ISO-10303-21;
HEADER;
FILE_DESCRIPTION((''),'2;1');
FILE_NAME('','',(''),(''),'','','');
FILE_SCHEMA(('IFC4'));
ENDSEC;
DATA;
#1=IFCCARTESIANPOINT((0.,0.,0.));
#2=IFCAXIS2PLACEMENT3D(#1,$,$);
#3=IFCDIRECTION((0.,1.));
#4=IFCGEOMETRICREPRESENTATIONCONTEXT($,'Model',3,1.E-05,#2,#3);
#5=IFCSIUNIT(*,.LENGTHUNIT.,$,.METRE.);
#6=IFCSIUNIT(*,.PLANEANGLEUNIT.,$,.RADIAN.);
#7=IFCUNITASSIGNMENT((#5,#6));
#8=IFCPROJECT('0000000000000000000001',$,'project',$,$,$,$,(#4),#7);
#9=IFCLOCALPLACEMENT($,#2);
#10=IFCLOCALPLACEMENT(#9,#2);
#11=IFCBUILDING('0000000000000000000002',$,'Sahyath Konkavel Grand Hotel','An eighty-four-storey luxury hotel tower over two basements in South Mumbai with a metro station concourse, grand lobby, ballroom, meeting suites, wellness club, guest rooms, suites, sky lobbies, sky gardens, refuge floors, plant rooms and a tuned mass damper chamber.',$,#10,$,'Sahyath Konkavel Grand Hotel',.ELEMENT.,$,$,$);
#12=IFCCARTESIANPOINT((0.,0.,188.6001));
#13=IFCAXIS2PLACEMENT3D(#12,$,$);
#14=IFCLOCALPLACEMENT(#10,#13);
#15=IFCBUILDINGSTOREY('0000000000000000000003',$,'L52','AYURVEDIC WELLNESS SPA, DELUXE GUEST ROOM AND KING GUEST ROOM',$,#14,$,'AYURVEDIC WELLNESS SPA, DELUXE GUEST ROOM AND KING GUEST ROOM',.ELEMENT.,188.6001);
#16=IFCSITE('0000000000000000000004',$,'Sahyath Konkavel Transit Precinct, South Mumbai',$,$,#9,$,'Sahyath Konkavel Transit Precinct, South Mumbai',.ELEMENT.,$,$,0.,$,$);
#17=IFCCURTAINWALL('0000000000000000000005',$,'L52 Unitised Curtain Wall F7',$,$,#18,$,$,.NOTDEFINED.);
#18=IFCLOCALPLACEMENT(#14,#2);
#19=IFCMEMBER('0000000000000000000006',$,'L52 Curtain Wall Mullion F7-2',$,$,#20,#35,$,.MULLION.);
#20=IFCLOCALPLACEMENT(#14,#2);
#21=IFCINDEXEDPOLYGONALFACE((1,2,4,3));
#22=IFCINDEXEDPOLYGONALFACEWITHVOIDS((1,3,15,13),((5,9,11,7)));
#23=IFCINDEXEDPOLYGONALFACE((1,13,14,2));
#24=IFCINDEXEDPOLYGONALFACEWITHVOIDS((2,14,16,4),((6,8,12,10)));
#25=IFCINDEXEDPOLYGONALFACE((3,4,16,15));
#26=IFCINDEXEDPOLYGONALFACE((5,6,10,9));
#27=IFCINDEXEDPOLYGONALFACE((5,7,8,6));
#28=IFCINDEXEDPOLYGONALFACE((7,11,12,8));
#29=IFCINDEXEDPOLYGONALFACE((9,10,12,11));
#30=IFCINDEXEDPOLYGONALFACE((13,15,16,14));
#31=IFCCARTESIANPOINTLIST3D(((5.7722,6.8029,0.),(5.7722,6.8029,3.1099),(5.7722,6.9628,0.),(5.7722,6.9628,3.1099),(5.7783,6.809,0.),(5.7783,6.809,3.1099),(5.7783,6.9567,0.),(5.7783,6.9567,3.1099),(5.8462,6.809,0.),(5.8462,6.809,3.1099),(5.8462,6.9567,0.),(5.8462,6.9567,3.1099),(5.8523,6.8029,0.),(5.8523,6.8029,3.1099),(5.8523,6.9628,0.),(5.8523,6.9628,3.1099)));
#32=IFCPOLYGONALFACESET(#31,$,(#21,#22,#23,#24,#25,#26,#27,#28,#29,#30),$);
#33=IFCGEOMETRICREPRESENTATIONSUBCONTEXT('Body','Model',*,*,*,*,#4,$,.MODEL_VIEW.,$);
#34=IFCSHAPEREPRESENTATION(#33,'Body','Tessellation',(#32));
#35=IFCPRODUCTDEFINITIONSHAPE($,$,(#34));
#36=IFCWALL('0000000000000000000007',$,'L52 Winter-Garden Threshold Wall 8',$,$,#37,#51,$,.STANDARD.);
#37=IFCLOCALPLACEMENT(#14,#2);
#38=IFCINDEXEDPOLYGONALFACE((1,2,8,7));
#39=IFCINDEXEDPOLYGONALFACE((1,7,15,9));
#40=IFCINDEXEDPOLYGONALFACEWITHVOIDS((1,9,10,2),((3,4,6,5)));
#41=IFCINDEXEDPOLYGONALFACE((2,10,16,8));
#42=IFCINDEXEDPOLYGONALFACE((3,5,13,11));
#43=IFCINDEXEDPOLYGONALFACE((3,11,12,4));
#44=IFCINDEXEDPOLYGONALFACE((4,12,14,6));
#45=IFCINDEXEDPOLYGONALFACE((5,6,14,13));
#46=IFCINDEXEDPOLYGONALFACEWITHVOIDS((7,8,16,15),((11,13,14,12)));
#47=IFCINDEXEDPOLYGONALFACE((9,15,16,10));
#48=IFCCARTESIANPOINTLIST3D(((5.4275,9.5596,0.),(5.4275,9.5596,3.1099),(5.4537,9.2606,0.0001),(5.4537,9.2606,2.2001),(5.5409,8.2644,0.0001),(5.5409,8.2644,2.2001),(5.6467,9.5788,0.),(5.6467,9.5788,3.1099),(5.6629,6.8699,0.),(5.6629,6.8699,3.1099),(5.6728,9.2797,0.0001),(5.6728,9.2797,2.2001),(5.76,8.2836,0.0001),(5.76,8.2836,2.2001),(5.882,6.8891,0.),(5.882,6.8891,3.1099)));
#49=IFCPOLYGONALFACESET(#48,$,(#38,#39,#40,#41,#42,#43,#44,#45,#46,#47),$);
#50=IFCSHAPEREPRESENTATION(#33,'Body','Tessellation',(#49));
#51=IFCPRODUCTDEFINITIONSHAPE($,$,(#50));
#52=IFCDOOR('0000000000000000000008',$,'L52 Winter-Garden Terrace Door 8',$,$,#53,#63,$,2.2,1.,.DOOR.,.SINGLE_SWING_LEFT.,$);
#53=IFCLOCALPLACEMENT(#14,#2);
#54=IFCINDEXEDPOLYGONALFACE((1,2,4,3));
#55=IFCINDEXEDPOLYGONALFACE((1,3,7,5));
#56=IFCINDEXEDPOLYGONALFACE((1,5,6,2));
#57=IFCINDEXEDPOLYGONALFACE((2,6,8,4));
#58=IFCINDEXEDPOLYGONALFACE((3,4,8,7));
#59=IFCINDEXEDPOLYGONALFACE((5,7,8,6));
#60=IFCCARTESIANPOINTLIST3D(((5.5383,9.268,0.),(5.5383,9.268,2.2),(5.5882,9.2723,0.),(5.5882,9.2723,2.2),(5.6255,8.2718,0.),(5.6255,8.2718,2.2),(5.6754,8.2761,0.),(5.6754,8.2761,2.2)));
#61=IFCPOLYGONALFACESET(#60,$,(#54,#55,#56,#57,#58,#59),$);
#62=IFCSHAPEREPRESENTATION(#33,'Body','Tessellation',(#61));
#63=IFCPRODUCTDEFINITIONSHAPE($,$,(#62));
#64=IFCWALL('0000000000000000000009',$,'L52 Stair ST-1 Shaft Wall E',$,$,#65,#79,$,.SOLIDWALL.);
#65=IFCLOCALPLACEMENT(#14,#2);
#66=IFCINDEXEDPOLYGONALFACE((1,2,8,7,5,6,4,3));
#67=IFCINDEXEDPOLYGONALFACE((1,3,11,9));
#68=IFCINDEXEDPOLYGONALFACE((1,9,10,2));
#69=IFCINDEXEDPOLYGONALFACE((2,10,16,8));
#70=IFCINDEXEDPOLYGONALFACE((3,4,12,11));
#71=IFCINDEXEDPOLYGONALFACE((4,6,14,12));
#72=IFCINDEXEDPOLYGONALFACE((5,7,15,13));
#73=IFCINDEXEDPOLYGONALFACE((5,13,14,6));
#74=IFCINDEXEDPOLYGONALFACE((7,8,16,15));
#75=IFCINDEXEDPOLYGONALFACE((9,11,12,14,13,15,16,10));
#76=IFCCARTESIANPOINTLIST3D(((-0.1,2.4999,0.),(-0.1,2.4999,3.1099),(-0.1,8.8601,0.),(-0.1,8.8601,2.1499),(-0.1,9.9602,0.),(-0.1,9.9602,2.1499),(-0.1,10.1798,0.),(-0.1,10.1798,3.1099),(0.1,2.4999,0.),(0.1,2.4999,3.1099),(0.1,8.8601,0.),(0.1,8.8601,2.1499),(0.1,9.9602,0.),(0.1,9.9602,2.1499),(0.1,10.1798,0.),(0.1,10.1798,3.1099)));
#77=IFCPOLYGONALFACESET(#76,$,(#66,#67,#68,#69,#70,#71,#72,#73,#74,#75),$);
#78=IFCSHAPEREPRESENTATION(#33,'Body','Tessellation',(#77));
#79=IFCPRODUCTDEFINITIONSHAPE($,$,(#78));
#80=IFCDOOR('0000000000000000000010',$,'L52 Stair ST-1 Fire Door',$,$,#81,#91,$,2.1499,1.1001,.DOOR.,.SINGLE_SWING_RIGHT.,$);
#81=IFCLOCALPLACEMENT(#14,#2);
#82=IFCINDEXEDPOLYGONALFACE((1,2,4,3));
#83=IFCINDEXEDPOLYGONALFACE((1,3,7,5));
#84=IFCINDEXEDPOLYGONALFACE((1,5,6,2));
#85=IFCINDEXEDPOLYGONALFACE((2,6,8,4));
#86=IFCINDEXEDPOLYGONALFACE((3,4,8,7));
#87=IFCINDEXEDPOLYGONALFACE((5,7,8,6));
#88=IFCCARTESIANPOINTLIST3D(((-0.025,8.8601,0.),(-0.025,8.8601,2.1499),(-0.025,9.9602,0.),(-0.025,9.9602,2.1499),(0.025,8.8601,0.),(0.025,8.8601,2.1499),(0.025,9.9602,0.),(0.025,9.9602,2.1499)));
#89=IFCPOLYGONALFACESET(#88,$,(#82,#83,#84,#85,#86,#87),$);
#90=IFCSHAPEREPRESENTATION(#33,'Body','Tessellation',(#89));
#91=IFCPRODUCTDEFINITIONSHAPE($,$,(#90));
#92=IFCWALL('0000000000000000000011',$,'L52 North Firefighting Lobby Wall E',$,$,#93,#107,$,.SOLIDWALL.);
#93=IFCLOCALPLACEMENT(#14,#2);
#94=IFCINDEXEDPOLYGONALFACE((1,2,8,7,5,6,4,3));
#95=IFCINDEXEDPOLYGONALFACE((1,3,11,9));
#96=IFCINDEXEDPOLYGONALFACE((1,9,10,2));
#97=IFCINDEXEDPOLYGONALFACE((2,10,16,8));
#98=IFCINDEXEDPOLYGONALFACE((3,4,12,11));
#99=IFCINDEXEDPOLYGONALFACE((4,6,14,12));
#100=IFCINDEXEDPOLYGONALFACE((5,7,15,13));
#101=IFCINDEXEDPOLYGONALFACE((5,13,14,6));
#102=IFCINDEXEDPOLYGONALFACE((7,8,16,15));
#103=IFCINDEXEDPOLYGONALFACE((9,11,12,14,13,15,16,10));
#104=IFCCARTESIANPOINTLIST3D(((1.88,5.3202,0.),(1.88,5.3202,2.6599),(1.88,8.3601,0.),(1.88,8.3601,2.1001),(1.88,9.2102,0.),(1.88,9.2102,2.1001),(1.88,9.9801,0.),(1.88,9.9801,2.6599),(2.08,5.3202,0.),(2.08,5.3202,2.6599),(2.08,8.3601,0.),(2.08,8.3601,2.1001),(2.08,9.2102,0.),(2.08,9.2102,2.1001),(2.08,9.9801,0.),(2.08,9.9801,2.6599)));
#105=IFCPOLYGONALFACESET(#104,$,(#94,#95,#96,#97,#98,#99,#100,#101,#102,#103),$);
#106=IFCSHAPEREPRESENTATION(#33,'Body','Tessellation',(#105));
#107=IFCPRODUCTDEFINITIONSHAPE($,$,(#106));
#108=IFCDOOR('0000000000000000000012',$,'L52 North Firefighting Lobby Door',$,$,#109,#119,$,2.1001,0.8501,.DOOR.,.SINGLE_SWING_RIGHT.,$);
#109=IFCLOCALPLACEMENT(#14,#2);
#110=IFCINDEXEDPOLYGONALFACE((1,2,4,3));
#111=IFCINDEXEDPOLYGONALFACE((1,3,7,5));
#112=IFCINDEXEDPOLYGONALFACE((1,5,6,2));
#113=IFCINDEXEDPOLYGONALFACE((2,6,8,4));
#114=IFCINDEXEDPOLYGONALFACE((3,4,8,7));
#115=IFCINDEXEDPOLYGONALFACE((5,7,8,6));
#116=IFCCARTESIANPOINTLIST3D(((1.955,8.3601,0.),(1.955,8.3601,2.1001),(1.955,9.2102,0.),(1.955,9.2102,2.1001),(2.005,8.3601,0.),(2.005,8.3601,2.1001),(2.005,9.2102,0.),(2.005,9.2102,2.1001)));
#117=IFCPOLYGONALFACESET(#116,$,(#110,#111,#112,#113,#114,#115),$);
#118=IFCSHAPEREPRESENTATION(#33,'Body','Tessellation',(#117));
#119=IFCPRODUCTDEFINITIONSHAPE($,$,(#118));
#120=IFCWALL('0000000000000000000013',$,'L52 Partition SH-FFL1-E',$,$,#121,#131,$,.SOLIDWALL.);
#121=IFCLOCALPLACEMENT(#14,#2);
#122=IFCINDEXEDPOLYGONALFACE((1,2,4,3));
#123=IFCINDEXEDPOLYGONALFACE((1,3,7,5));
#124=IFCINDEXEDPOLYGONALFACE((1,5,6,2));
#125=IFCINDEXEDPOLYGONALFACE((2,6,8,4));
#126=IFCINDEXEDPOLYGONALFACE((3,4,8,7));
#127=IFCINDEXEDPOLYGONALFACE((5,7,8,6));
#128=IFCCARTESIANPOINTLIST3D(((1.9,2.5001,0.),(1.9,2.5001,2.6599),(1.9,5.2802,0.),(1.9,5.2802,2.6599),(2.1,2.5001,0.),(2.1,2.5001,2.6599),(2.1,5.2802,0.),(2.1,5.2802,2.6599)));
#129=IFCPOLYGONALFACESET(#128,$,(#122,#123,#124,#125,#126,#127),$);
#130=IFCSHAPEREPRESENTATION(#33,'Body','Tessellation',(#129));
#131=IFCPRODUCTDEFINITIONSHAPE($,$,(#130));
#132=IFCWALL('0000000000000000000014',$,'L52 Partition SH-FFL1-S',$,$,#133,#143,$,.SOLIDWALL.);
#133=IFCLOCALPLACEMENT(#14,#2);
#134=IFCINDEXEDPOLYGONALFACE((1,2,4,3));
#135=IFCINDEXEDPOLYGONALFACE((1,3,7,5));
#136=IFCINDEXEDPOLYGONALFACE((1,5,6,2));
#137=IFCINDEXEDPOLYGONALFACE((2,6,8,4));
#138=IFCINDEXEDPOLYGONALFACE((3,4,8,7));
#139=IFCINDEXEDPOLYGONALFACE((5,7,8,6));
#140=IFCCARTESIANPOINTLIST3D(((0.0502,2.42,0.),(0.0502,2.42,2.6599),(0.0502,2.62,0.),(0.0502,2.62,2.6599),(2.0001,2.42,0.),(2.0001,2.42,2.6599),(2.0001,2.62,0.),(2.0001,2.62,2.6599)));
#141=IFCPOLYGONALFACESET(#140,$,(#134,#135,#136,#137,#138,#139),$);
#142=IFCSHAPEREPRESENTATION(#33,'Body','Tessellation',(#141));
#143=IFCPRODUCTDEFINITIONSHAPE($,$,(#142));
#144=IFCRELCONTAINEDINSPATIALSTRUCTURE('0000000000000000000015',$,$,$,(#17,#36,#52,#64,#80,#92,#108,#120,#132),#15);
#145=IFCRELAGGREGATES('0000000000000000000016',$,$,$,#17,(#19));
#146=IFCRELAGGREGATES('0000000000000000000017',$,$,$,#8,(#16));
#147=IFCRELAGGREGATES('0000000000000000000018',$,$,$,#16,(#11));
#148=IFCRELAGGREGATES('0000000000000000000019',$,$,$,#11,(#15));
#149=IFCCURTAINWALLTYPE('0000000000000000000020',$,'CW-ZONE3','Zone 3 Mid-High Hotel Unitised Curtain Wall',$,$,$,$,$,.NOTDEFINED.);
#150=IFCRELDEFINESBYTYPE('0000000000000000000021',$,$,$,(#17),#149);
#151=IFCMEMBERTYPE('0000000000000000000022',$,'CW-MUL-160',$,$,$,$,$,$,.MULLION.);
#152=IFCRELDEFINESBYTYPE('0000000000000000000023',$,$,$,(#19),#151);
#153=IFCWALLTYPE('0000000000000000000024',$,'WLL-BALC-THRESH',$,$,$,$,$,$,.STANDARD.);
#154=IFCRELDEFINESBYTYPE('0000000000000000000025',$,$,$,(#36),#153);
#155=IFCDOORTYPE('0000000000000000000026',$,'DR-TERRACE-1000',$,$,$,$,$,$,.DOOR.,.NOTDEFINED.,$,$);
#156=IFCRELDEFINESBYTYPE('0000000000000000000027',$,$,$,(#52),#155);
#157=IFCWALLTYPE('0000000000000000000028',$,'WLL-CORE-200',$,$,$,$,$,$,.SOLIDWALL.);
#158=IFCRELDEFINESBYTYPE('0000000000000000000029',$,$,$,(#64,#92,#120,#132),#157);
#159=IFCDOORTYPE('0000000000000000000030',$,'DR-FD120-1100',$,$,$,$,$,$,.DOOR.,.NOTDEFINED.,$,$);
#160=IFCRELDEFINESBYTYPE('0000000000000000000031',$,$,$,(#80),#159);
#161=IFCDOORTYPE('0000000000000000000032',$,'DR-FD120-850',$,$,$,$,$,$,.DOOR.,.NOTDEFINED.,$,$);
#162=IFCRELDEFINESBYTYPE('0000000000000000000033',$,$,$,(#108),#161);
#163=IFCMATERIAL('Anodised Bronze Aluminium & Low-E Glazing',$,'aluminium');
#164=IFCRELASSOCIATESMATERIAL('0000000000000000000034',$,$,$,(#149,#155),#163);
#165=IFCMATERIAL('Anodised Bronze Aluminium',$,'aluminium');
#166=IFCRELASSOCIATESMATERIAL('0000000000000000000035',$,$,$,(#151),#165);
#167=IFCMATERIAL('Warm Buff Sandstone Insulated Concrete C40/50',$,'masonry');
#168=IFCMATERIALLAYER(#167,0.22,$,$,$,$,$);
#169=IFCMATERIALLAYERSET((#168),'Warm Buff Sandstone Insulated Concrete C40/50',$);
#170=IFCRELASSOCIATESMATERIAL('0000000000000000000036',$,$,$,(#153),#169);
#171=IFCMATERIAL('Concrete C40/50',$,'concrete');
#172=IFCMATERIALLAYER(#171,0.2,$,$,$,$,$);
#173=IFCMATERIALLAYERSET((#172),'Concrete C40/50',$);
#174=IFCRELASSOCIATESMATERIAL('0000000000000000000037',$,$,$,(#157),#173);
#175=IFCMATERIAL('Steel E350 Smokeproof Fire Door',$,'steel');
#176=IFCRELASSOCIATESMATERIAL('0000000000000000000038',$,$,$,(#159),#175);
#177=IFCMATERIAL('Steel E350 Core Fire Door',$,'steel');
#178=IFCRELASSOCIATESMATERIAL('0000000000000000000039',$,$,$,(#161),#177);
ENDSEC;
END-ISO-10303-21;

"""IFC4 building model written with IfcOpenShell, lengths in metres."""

from ifc_helpers import new_model, si_unit, direction, frame, frame_2d, origin, origin_2d, place, context, subcontext, project, spatial, rectangle, hollow_rectangle, extrude, source, transform, mapped, material, layer, layer_set, material_profile, profile_set, type_object, element, fill, aggregate, save


model = new_model("IFC4")

# Units and contexts
model_context = context("Model", 3, precision=1e-05, world=origin(), true_north=direction((0.0, 1.0)))
body_context = subcontext(model_context, "Body", "Model", "MODEL_VIEW")
ifc_project = project(units=[si_unit("LENGTHUNIT", "METRE"), si_unit("PLANEANGLEUNIT", "RADIAN")], contexts=[model_context])

# Site, building, storey
site_placement = place(None, origin())
site = spatial("IfcSite", under=ifc_project, at=site_placement, Name="Sahyath Konkavel Transit Precinct, South Mumbai", LongName="Sahyath Konkavel Transit Precinct, South Mumbai", CompositionType="ELEMENT", RefElevation=0.0)
building_placement = place(site_placement, origin())
building = spatial("IfcBuilding", under=site, at=building_placement, Name="Sahyath Konkavel Grand Hotel", Description="An eighty-four-storey luxury hotel tower over two basements in South Mumbai with a metro station concourse, grand lobby, ballroom, meeting suites, wellness club, guest rooms, suites, sky lobbies, sky gardens, refuge floors, plant rooms and a tuned mass damper chamber.", LongName="Sahyath Konkavel Grand Hotel", CompositionType="ELEMENT")
storey_placement = place(building_placement, frame((0.0, 0.0, 188.6001)))
storey = spatial("IfcBuildingStorey", under=building, at=storey_placement, Name="L52", Description="AYURVEDIC WELLNESS SPA, DELUXE GUEST ROOM AND KING GUEST ROOM", LongName="AYURVEDIC WELLNESS SPA, DELUXE GUEST ROOM AND KING GUEST ROOM", CompositionType="ELEMENT", Elevation=188.6001)

# Curtain wall, member
ifc_material_1 = material(Name="Anodised Bronze Aluminium & Low-E Glazing", Category="aluminium")
curtain_wall_type = type_object("IfcCurtainWallType", Name="CW-ZONE3", Description="Zone 3 Mid-High Hotel Unitised Curtain Wall", PredefinedType="NOTDEFINED", material=ifc_material_1)
curtain_wall_placement = place(storey_placement, origin())
curtain_wall = element("IfcCurtainWall", 1, at=curtain_wall_placement, inside=storey, type_object=curtain_wall_type, Name="L52 Unitised Curtain Wall F7", PredefinedType="NOTDEFINED")
ifc_material_2 = material(Name="Anodised Bronze Aluminium", Category="aluminium")
ifc_material_profile_1 = material_profile(ifc_material_2, hollow_rectangle(XDim=0.0801, YDim=0.1599, WallThickness=0.0061, at=origin_2d()), Name="RHS 160x80x6")
ifc_profile_set_1 = profile_set([ifc_material_profile_1], Name="Anodised Bronze Aluminium")
member_type = type_object("IfcMemberType", Name="CW-MUL-160", PredefinedType="MULLION", material=ifc_profile_set_1)
shared_shape_1 = source(origin(), body_context, "Body", "SweptSolid", [
    extrude(hollow_rectangle(XDim=0.0801, YDim=0.1599, WallThickness=0.0061, at=origin_2d()), origin(), (0.0, 0.0, 1.0), 3.1099),
])
member_placement = place(storey_placement, frame((5.8123, 6.8828, 0.0), z_axis=(0.0, 0.0, 1.0), x_axis=(1.0, 0.0, 0.0)))
member = element("IfcMember", 2, at=member_placement, type_object=member_type, Name="L52 Curtain Wall Mullion F7-2", PredefinedType="MULLION", context=body_context, shape_type="MappedRepresentation", body=[
    mapped(shared_shape_1, transform((0.0, 0.0, 0.0), scale=1.0)),
])
aggregate(curtain_wall, [member])

# Walls, openings, doors
ifc_material_3 = material(Name="Warm Buff Sandstone Insulated Concrete C40/50", Category="masonry")
ifc_layer_1 = layer(ifc_material_3, 0.22)
ifc_layer_set_1 = layer_set([ifc_layer_1], Name="Warm Buff Sandstone Insulated Concrete C40/50")
wall_type_1 = type_object("IfcWallType", Name="WLL-BALC-THRESH", PredefinedType="STANDARD", material=ifc_layer_set_1)
wall_1_placement = place(storey_placement, frame((5.7725, 6.8794, 0.0), z_axis=(0.0, 0.0, 1.0), x_axis=(-0.087168, 0.996194, 0.0)))
wall_1 = element("IfcWall", 3, at=wall_1_placement, inside=storey, type_object=wall_type_1, Name="L52 Winter-Garden Threshold Wall 8", PredefinedType="STANDARD", context=body_context, shape_type="SweptSolid", body=[
    extrude(rectangle(XDim=2.7, YDim=0.22, at=frame_2d((1.3501, 0.0))), origin(), (0.0, 0.0, 1.0), 3.1099),
])
opening_1_placement = place(wall_1_placement, frame((1.3999, 0.0, 0.0)))
opening_1 = element("IfcOpeningElement", 4, at=opening_1_placement, cuts=wall_1, PredefinedType="OPENING", context=body_context, shape_type="SweptSolid", body=[
    extrude(rectangle(XDim=1.0, YDim=2.2, at=frame_2d((0.5, 1.1001))), frame((0.0, 0.1201, 0.0), z_axis=(0.0, -1.0, 0.0), x_axis=(1.0, 0.0, 0.0)), (0.0, 0.0, 1.0), 0.24),
])
door_type_1 = type_object("IfcDoorType", Name="DR-TERRACE-1000", OperationType="NOTDEFINED", PredefinedType="DOOR", material=ifc_material_1)
shared_shape_2 = source(origin(), body_context, "Body", "SweptSolid", [
    extrude(rectangle(XDim=1.0, YDim=0.05, at=origin_2d()), origin(), (0.0, 0.0, 1.0), 2.2),
])
door_1_placement = place(opening_1_placement, frame((0.5, 0.0, 0.0)))
door_1 = element("IfcDoor", 5, at=door_1_placement, inside=storey, type_object=door_type_1, Name="L52 Winter-Garden Terrace Door 8", OperationType="SINGLE_SWING_LEFT", OverallHeight=2.2, OverallWidth=1.0, PredefinedType="DOOR", context=body_context, shape_type="MappedRepresentation", body=[
    mapped(shared_shape_2, transform((0.0, 0.0, 0.0), scale=1.0)),
])
fill(opening_1, door_1)
ifc_material_4 = material(Name="Concrete C40/50", Category="concrete")
ifc_layer_2 = layer(ifc_material_4, 0.2)
ifc_layer_set_2 = layer_set([ifc_layer_2], Name="Concrete C40/50")
wall_type_2 = type_object("IfcWallType", Name="WLL-CORE-200", PredefinedType="SOLIDWALL", material=ifc_layer_set_2)
wall_2_placement = place(storey_placement, frame((0.0, 2.5, 0.0), z_axis=(0.0, 0.0, 1.0), x_axis=(0.0, 1.0, 0.0)))
wall_2 = element("IfcWall", 6, at=wall_2_placement, inside=storey, type_object=wall_type_2, Name="L52 Stair ST-1 Shaft Wall E", PredefinedType="SOLIDWALL", context=body_context, shape_type="SweptSolid", body=[
    extrude(rectangle(XDim=7.6799, YDim=0.2, at=frame_2d((3.8398, 0.0))), origin(), (0.0, 0.0, 1.0), 3.1099),
])
opening_2_placement = place(wall_2_placement, frame((6.3601, 0.0, 0.0)))
opening_2 = element("IfcOpeningElement", 7, at=opening_2_placement, cuts=wall_2, PredefinedType="OPENING", context=body_context, shape_type="SweptSolid", body=[
    extrude(rectangle(XDim=1.1001, YDim=2.1499, at=frame_2d((0.55, 1.075))), frame((0.0, 0.1099, 0.0), z_axis=(0.0, -1.0, 0.0), x_axis=(1.0, 0.0, 0.0)), (0.0, 0.0, 1.0), 0.22),
])
ifc_material_5 = material(Name="Steel E350 Smokeproof Fire Door", Category="steel")
door_type_2 = type_object("IfcDoorType", Name="DR-FD120-1100", OperationType="NOTDEFINED", PredefinedType="DOOR", material=ifc_material_5)
shared_shape_3 = source(origin(), body_context, "Body", "SweptSolid", [
    extrude(rectangle(XDim=1.1001, YDim=0.05, at=origin_2d()), origin(), (0.0, 0.0, 1.0), 2.1499),
])
door_2_placement = place(opening_2_placement, frame((0.55, 0.0, 0.0)))
door_2 = element("IfcDoor", 8, at=door_2_placement, inside=storey, type_object=door_type_2, Name="L52 Stair ST-1 Fire Door", OperationType="SINGLE_SWING_RIGHT", OverallHeight=2.1499, OverallWidth=1.1001, PredefinedType="DOOR", context=body_context, shape_type="MappedRepresentation", body=[
    mapped(shared_shape_3, transform((0.0, 0.0, 0.0), scale=1.0)),
])
fill(opening_2, door_2)
wall_3_placement = place(storey_placement, frame((1.98, 5.3201, 0.0), z_axis=(0.0, 0.0, 1.0), x_axis=(0.0, 1.0, 0.0)))
wall_3 = element("IfcWall", 9, at=wall_3_placement, inside=storey, type_object=wall_type_2, Name="L52 North Firefighting Lobby Wall E", PredefinedType="SOLIDWALL", context=body_context, shape_type="SweptSolid", body=[
    extrude(rectangle(XDim=4.6599, YDim=0.2, at=frame_2d((2.3301, 0.0))), origin(), (0.0, 0.0, 1.0), 2.6599),
])
opening_3_placement = place(wall_3_placement, frame((3.04, 0.0, 0.0)))
opening_3 = element("IfcOpeningElement", 10, at=opening_3_placement, cuts=wall_3, PredefinedType="OPENING", context=body_context, shape_type="SweptSolid", body=[
    extrude(rectangle(XDim=0.8501, YDim=2.1001, at=frame_2d((0.425, 1.05))), frame((0.0, 0.1099, 0.0), z_axis=(0.0, -1.0, 0.0), x_axis=(1.0, 0.0, 0.0)), (0.0, 0.0, 1.0), 0.22),
])
ifc_material_6 = material(Name="Steel E350 Core Fire Door", Category="steel")
door_type_3 = type_object("IfcDoorType", Name="DR-FD120-850", OperationType="NOTDEFINED", PredefinedType="DOOR", material=ifc_material_6)
shared_shape_4 = source(origin(), body_context, "Body", "SweptSolid", [
    extrude(rectangle(XDim=0.8501, YDim=0.05, at=origin_2d()), origin(), (0.0, 0.0, 1.0), 2.1001),
])
door_3_placement = place(opening_3_placement, frame((0.425, 0.0, 0.0)))
door_3 = element("IfcDoor", 11, at=door_3_placement, inside=storey, type_object=door_type_3, Name="L52 North Firefighting Lobby Door", OperationType="SINGLE_SWING_RIGHT", OverallHeight=2.1001, OverallWidth=0.8501, PredefinedType="DOOR", context=body_context, shape_type="MappedRepresentation", body=[
    mapped(shared_shape_4, transform((0.0, 0.0, 0.0), scale=1.0)),
])
fill(opening_3, door_3)

# Walls
wall_4_placement = place(storey_placement, frame((2.0, 2.5, 0.0), z_axis=(0.0, 0.0, 1.0), x_axis=(0.0, 1.0, 0.0)))
element("IfcWall", 12, at=wall_4_placement, inside=storey, type_object=wall_type_2, Name="L52 Partition SH-FFL1-E", PredefinedType="SOLIDWALL", context=body_context, shape_type="SweptSolid", body=[
    extrude(rectangle(XDim=2.78, YDim=0.2, at=frame_2d((1.3901, 0.0))), origin(), (0.0, 0.0, 1.0), 2.6599),
])
wall_5_placement = place(storey_placement, frame((0.05, 2.52, 0.0), z_axis=(0.0, 0.0, 1.0), x_axis=(1.0, 0.0, 0.0)))
element("IfcWall", 13, at=wall_5_placement, inside=storey, type_object=wall_type_2, Name="L52 Partition SH-FFL1-S", PredefinedType="SOLIDWALL", context=body_context, shape_type="SweptSolid", body=[
    extrude(rectangle(XDim=1.95, YDim=0.2, at=frame_2d((0.9751, 0.0))), origin(), (0.0, 0.0, 1.0), 2.6599),
])

save(model, "model.ifc")
